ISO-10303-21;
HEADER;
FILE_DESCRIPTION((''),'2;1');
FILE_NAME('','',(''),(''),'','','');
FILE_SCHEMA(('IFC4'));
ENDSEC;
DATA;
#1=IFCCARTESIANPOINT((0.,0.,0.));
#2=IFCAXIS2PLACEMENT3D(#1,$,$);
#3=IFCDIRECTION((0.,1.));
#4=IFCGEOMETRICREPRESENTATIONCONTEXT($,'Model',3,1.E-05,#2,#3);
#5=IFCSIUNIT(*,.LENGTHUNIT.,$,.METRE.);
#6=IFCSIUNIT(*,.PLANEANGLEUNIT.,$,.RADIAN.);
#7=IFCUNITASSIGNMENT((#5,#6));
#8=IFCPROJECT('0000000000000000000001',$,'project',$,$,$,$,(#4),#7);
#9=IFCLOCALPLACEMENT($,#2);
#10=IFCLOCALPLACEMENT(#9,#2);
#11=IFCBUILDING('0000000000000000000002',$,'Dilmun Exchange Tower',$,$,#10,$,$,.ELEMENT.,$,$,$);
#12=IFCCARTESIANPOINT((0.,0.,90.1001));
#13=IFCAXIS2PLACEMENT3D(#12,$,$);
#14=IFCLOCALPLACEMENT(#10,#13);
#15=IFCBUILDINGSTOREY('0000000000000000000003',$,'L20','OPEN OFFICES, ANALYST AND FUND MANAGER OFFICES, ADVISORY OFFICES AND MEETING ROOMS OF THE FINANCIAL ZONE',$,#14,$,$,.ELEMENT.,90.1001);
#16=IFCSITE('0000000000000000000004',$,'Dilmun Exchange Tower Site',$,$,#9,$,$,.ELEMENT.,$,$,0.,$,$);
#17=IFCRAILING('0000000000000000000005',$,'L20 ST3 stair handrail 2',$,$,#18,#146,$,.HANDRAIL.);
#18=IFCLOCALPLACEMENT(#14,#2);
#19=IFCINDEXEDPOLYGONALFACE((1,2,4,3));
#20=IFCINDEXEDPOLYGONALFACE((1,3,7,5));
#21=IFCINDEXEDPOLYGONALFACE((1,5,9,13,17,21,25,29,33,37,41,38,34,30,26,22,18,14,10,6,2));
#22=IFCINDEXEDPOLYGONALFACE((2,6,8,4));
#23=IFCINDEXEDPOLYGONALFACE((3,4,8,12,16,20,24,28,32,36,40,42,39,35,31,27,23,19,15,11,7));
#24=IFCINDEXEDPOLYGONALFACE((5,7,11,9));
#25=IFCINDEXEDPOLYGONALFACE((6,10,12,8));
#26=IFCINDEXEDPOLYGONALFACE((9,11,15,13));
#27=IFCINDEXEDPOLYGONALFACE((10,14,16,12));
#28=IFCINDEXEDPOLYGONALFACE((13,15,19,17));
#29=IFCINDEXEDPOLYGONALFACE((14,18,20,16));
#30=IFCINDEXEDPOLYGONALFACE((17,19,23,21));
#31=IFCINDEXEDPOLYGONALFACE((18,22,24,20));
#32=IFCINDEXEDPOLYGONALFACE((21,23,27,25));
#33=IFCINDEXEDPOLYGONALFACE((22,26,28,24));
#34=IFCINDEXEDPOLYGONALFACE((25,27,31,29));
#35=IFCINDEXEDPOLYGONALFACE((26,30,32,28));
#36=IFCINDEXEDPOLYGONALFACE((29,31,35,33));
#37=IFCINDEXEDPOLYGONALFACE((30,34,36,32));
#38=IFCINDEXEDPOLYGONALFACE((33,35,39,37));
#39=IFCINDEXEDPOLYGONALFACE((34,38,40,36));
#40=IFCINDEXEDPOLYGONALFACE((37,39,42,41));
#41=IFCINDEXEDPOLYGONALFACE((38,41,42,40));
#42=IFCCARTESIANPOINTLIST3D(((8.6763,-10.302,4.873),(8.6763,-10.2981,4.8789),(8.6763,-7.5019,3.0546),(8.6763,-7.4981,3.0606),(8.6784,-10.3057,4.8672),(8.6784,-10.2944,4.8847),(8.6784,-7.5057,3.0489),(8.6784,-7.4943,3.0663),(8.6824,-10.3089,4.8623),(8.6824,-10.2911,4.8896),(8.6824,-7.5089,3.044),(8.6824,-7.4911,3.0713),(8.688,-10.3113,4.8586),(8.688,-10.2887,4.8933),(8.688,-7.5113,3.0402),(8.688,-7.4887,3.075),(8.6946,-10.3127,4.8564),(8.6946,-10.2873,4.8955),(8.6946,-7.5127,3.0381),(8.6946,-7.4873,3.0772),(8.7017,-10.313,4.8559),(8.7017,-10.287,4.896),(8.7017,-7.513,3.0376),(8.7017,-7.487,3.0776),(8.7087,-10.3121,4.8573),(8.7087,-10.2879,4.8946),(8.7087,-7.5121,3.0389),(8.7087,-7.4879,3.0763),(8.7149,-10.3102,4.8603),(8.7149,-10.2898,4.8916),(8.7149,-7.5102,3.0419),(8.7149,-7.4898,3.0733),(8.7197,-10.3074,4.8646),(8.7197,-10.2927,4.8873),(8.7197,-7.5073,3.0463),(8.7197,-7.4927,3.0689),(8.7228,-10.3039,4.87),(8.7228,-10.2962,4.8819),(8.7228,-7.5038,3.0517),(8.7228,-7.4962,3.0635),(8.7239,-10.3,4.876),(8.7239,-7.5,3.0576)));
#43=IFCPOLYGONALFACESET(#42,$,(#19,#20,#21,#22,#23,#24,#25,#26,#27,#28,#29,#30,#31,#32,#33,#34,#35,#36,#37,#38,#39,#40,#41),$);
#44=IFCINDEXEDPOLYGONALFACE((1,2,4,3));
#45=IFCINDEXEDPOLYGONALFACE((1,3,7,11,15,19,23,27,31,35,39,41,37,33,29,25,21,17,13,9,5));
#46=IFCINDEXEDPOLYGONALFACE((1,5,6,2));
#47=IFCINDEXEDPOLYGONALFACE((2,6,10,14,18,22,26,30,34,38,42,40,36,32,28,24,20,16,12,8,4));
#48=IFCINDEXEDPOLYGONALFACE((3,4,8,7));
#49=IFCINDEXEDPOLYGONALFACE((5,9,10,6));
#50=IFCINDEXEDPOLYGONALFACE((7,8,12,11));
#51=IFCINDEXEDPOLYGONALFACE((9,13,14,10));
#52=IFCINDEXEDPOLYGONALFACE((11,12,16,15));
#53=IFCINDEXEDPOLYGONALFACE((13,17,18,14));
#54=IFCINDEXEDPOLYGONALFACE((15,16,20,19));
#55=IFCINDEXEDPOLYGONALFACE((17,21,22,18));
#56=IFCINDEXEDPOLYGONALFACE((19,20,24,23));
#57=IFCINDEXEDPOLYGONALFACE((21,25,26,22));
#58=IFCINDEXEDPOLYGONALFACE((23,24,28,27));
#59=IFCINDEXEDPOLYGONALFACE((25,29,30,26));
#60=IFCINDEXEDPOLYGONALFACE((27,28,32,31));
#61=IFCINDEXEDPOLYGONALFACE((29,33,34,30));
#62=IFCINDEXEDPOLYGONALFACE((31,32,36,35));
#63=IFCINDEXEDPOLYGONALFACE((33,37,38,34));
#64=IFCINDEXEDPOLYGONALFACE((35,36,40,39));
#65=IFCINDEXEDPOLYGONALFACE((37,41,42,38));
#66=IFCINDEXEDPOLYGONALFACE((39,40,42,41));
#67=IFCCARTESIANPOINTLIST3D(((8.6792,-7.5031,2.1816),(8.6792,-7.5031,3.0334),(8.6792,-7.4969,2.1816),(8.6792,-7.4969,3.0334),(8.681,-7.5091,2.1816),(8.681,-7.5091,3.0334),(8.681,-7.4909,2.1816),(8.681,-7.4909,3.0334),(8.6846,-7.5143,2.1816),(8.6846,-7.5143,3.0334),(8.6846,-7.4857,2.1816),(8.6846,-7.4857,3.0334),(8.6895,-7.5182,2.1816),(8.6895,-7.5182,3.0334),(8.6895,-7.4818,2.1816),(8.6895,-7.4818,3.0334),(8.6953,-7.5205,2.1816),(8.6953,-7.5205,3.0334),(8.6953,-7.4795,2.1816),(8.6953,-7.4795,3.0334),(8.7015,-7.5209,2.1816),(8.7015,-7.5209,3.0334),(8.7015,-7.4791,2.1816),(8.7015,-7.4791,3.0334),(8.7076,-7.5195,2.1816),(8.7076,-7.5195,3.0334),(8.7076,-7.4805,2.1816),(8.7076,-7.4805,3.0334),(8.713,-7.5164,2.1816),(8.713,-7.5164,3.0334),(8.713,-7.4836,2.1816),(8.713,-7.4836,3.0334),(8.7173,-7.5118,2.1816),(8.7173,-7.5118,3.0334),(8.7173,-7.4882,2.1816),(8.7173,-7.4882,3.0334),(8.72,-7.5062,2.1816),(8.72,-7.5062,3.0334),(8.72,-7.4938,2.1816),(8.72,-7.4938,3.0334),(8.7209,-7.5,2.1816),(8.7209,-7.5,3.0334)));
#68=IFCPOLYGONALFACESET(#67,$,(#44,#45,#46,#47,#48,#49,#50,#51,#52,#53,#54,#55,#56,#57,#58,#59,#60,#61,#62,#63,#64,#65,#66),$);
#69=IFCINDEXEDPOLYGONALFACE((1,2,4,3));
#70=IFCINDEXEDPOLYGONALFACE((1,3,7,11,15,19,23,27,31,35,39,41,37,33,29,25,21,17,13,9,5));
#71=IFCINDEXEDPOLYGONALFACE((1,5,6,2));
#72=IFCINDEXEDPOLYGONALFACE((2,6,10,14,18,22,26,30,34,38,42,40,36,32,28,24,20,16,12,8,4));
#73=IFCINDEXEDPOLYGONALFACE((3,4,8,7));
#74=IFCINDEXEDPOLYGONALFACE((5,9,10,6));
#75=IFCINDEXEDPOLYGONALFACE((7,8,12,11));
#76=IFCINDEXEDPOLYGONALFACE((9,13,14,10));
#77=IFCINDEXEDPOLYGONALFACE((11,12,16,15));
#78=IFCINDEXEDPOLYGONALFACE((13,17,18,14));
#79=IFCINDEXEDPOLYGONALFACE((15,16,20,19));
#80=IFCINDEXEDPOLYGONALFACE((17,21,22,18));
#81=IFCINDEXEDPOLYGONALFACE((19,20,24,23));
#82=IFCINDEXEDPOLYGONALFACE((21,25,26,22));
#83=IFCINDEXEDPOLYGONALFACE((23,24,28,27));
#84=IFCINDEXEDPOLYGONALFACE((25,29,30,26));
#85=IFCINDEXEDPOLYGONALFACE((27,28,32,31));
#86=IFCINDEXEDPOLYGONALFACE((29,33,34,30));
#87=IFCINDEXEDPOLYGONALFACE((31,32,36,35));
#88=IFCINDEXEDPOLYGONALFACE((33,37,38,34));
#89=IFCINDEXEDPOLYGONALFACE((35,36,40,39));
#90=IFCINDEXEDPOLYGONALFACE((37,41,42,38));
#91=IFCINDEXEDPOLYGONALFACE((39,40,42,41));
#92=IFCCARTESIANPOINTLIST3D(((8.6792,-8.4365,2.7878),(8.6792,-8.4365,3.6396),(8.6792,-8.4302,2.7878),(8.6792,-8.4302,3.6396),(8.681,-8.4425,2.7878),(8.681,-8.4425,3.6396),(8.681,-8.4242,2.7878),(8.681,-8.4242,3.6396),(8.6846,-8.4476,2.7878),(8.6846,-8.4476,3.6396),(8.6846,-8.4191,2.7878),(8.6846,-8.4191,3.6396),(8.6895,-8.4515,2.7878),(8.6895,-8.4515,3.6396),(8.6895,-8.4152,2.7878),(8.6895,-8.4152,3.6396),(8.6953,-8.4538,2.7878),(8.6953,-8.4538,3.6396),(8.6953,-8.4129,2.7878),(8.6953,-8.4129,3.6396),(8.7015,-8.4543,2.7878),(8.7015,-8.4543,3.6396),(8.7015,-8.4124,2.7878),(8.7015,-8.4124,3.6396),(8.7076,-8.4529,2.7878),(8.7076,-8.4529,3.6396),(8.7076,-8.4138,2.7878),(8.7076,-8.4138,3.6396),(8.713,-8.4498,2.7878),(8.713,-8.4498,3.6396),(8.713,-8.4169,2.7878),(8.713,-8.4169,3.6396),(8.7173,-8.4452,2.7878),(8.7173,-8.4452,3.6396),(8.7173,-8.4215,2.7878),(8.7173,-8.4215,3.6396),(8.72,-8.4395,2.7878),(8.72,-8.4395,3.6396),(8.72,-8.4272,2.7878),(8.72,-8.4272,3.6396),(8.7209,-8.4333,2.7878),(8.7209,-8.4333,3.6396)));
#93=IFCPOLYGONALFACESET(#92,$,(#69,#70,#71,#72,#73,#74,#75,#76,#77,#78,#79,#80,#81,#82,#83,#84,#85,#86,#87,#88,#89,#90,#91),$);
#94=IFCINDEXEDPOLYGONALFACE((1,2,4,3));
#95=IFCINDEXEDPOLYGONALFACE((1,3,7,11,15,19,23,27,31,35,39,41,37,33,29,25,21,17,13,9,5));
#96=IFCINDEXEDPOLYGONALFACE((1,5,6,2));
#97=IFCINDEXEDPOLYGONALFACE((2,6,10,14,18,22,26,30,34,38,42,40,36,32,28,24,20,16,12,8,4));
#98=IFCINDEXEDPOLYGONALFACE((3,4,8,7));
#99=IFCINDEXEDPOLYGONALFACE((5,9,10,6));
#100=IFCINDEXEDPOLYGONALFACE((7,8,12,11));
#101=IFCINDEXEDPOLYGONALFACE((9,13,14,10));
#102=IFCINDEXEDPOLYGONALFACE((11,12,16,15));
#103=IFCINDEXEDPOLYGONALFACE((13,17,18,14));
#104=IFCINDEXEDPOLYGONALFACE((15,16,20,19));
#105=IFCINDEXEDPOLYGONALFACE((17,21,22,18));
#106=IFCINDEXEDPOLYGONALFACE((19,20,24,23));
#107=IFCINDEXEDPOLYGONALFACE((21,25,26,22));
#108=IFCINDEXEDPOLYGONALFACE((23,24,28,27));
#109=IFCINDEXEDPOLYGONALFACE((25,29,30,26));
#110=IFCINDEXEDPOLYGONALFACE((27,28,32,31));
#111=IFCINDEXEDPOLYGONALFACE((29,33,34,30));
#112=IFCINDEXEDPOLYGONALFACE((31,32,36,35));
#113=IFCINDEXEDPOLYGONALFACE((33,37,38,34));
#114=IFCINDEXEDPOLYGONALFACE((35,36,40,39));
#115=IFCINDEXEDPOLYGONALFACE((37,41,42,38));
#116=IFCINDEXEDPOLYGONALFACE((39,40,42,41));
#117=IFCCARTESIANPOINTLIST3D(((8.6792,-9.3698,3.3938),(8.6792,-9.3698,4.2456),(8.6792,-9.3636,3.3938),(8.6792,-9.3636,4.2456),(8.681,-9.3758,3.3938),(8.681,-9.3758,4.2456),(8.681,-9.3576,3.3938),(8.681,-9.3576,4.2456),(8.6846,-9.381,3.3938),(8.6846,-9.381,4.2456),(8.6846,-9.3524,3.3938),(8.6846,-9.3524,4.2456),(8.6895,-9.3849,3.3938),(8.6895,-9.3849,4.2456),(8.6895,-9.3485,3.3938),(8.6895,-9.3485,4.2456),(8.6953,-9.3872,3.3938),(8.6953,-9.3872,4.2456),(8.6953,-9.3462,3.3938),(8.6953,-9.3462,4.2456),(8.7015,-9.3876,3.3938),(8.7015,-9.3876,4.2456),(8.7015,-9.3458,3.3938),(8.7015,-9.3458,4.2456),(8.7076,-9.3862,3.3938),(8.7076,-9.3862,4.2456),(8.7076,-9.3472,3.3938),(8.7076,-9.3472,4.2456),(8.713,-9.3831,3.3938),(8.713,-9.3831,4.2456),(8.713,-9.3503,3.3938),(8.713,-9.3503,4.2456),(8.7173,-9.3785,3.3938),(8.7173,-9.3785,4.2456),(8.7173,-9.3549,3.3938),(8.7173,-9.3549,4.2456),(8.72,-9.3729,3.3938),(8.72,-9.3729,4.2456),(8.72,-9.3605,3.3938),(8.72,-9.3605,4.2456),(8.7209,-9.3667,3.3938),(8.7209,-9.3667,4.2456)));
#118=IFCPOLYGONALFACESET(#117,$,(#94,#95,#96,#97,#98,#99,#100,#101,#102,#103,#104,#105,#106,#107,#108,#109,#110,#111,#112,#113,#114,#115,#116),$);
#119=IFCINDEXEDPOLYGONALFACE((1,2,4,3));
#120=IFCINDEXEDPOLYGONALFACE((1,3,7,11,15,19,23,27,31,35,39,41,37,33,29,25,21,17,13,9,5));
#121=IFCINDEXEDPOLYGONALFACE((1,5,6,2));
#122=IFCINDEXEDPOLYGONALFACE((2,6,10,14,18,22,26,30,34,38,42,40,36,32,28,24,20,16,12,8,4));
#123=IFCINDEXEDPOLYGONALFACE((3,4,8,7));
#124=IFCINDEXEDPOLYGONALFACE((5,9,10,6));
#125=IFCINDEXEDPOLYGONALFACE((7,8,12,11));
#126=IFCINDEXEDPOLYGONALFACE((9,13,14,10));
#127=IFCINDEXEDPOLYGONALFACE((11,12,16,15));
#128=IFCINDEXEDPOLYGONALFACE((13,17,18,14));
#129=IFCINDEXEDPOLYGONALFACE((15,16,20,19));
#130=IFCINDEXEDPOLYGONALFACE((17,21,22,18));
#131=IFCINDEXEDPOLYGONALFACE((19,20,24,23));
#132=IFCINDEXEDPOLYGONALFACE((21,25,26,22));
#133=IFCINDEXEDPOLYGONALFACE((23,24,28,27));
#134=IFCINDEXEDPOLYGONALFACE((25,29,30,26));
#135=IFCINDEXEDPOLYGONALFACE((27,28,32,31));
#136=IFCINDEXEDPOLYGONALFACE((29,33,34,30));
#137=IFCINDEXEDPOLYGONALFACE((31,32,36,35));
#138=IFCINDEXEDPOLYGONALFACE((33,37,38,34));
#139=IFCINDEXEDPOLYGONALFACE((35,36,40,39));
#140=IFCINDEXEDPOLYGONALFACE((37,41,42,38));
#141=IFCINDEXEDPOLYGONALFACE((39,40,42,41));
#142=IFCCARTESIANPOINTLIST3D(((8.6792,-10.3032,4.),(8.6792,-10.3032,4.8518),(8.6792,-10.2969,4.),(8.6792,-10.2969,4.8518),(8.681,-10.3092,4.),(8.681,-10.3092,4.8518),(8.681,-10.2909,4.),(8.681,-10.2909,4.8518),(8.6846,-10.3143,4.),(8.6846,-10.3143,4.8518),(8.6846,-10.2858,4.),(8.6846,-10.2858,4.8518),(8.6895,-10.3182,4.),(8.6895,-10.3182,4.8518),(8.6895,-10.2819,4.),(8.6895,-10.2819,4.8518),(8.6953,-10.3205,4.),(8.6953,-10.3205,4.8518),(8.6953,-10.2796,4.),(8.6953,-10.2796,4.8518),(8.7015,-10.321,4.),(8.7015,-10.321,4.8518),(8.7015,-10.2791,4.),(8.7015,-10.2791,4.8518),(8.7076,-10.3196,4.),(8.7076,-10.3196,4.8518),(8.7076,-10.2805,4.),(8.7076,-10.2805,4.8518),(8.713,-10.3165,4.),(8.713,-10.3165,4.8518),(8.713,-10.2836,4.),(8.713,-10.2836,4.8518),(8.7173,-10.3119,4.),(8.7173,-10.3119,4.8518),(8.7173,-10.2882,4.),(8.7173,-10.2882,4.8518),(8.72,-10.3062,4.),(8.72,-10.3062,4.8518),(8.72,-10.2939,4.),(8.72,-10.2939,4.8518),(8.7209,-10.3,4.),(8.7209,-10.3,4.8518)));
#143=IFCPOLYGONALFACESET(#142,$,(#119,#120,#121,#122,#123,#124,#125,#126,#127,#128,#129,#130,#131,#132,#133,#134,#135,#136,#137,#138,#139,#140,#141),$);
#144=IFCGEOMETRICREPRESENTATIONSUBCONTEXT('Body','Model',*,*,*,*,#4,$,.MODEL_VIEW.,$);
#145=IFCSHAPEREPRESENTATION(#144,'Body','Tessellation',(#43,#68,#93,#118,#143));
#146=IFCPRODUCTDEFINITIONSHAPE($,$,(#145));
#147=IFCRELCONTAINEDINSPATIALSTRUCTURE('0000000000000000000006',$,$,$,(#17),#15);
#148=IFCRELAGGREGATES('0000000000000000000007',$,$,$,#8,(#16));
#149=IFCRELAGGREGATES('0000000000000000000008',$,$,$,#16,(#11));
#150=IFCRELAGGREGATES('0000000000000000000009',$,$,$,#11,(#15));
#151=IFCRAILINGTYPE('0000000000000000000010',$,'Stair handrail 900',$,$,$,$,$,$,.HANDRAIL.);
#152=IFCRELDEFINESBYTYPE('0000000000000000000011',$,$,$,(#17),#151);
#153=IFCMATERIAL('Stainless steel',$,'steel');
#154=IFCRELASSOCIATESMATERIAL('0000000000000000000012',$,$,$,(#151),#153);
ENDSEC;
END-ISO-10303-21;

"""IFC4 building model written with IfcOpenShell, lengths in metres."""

from ifc_helpers import new_model, si_unit, direction, frame, origin, origin_2d, place, context, subcontext, project, spatial, circle, extrude, material, type_object, element, save


model = new_model("IFC4")

# Units and contexts
model_context = context("Model", 3, precision=1e-05, world=origin(), true_north=direction((0.0, 1.0)))
body_context = subcontext(model_context, "Body", "Model", "MODEL_VIEW")
ifc_project = project(units=[si_unit("LENGTHUNIT", "METRE"), si_unit("PLANEANGLEUNIT", "RADIAN")], contexts=[model_context])

# Site, building, storey
site_placement = place(None, origin())
site = spatial("IfcSite", under=ifc_project, at=site_placement, Name="Dilmun Exchange Tower Site", CompositionType="ELEMENT", RefElevation=0.0)
building_placement = place(site_placement, origin())
building = spatial("IfcBuilding", under=site, at=building_placement, Name="Dilmun Exchange Tower", CompositionType="ELEMENT")
storey_placement = place(building_placement, frame((0.0, 0.0, 90.1001)))
storey = spatial("IfcBuildingStorey", under=building, at=storey_placement, Name="L20", Description="OPEN OFFICES, ANALYST AND FUND MANAGER OFFICES, ADVISORY OFFICES AND MEETING ROOMS OF THE FINANCIAL ZONE", CompositionType="ELEMENT", Elevation=90.1001)

# Railing
ifc_material_1 = material(Name="Stainless steel", Category="steel")
railing_type = type_object("IfcRailingType", Name="Stair handrail 900", PredefinedType="HANDRAIL", material=ifc_material_1)
railing_placement = place(storey_placement, frame((8.7, -7.5, 2.1816)))
element("IfcRailing", 1, at=railing_placement, inside=storey, type_object=railing_type, Name="L20 ST3 stair handrail 2", PredefinedType="HANDRAIL", context=body_context, shape_type="SweptSolid", body=[
    extrude(circle(Radius=0.0239, at=origin_2d()), frame((0.0, 0.0, 0.876), z_axis=(0.0, -0.838672, 0.544636), x_axis=(1.0, 0.0, 0.0)), (0.0, 0.0, 1.0), 3.3386),
    extrude(circle(Radius=0.021, at=origin_2d()), origin(), (0.0, 0.0, 1.0), 0.8518),
    extrude(circle(Radius=0.021, at=origin_2d()), frame((0.0, -0.9333, 0.6062)), (0.0, 0.0, 1.0), 0.8518),
    extrude(circle(Radius=0.021, at=origin_2d()), frame((0.0, -1.8667, 1.2122)), (0.0, 0.0, 1.0), 0.8518),
    extrude(circle(Radius=0.021, at=origin_2d()), frame((0.0, -2.8, 1.8184)), (0.0, 0.0, 1.0), 0.8518),
])

save(model, "model.ifc")
